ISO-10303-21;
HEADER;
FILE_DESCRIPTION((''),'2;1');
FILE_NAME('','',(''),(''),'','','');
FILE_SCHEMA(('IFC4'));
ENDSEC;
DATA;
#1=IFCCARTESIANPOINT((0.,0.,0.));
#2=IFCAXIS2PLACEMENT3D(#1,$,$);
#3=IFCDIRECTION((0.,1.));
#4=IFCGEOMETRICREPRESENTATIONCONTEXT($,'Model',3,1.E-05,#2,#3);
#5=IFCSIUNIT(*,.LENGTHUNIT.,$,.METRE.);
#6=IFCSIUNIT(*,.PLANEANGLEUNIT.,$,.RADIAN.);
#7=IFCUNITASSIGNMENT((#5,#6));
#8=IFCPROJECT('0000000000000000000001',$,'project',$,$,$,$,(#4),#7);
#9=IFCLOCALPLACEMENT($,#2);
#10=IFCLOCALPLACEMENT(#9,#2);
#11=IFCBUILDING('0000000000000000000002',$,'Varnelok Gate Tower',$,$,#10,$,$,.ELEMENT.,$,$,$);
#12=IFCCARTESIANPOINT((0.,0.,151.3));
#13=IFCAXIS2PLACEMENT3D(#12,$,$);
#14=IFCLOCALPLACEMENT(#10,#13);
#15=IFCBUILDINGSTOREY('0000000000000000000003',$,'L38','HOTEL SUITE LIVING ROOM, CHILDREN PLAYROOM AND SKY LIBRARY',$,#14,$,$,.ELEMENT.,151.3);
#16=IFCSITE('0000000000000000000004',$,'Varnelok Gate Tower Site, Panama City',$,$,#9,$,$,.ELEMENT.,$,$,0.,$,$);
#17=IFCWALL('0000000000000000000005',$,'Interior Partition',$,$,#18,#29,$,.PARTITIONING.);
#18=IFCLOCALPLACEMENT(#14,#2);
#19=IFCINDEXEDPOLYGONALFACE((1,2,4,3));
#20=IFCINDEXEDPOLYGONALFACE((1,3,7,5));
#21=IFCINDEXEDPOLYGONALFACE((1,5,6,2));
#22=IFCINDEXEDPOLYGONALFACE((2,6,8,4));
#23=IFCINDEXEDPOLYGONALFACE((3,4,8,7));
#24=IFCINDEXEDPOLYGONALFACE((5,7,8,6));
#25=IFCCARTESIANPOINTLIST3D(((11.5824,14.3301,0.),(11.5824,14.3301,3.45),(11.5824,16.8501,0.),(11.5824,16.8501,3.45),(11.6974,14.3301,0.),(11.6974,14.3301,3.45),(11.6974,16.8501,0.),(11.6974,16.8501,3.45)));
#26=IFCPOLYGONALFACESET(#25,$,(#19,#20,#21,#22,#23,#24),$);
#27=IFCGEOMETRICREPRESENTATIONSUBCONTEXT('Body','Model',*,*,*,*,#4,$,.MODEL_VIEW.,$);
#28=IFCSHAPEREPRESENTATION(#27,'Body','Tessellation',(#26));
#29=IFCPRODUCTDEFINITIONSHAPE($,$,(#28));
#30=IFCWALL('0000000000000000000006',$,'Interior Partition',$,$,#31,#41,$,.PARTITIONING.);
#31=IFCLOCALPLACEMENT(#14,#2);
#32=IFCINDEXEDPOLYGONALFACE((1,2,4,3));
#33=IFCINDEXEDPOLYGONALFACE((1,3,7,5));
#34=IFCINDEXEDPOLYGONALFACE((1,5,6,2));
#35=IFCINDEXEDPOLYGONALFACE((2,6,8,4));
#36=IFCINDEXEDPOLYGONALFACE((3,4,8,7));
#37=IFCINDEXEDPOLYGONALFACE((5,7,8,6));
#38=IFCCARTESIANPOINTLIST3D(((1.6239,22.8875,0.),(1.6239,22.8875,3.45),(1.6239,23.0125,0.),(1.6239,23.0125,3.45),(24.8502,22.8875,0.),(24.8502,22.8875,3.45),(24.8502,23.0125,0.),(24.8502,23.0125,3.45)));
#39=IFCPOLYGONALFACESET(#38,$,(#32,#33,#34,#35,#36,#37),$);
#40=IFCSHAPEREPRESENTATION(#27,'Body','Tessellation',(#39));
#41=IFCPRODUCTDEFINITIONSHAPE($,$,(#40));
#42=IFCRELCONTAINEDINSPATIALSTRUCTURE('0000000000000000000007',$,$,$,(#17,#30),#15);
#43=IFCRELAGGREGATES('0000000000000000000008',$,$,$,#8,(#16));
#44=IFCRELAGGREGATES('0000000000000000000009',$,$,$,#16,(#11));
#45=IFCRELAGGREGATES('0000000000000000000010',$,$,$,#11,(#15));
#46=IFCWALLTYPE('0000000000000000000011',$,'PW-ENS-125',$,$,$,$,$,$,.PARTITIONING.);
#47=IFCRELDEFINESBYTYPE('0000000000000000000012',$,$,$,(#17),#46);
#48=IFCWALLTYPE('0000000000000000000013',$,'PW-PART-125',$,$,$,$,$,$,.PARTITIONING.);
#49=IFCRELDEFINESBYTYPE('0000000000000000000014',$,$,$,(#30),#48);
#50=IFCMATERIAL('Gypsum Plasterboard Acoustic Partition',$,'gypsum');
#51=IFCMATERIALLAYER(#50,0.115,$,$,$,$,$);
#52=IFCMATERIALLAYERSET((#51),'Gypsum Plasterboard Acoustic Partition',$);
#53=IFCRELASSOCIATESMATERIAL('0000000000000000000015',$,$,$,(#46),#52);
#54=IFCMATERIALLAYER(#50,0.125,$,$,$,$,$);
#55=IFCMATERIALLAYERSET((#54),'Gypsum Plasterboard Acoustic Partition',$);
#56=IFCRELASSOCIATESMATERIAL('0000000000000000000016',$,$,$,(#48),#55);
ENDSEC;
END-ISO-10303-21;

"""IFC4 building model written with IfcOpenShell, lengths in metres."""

from ifc_helpers import new_model, si_unit, direction, frame, frame_2d, origin, place, context, subcontext, project, spatial, rectangle, extrude, material, layer, layer_set, type_object, element, save


model = new_model("IFC4")

# Units and contexts
model_context = context("Model", 3, precision=1e-05, world=origin(), true_north=direction((0.0, 1.0)))
body_context = subcontext(model_context, "Body", "Model", "MODEL_VIEW")
ifc_project = project(units=[si_unit("LENGTHUNIT", "METRE"), si_unit("PLANEANGLEUNIT", "RADIAN")], contexts=[model_context])

# Site, building, storey
site_placement = place(None, origin())
site = spatial("IfcSite", under=ifc_project, at=site_placement, Name="Varnelok Gate Tower Site, Panama City", CompositionType="ELEMENT", RefElevation=0.0)
building_placement = place(site_placement, origin())
building = spatial("IfcBuilding", under=site, at=building_placement, Name="Varnelok Gate Tower", CompositionType="ELEMENT")
storey_placement = place(building_placement, frame((0.0, 0.0, 151.3)))
storey = spatial("IfcBuildingStorey", under=building, at=storey_placement, Name="L38", Description="HOTEL SUITE LIVING ROOM, CHILDREN PLAYROOM AND SKY LIBRARY", CompositionType="ELEMENT", Elevation=151.3)

# Shared definitions
ifc_material_1 = material(Name="Gypsum Plasterboard Acoustic Partition", Category="gypsum")

# Shared definitions
ifc_layer_1 = layer(ifc_material_1, 0.115)
ifc_layer_set_1 = layer_set([ifc_layer_1], Name="Gypsum Plasterboard Acoustic Partition")
wall_type_1 = type_object("IfcWallType", Name="PW-ENS-125", PredefinedType="PARTITIONING", material=ifc_layer_set_1)

# Walls
wall_1_placement = place(storey_placement, frame((11.6399, 14.3301, 0.0), z_axis=(0.0, 0.0, 1.0), x_axis=(0.0, 1.0, 0.0)))
element("IfcWall", 1, at=wall_1_placement, inside=storey, type_object=wall_type_1, Name="Interior Partition", PredefinedType="PARTITIONING", context=body_context, shape_type="SweptSolid", body=[
    extrude(rectangle(XDim=2.52, YDim=0.115, at=frame_2d((1.26, 0.0))), origin(), (0.0, 0.0, 1.0), 3.45),
])
ifc_layer_2 = layer(ifc_material_1, 0.125)
ifc_layer_set_2 = layer_set([ifc_layer_2], Name="Gypsum Plasterboard Acoustic Partition")
wall_type_2 = type_object("IfcWallType", Name="PW-PART-125", PredefinedType="PARTITIONING", material=ifc_layer_set_2)
wall_2_placement = place(storey_placement, frame((1.6238, 22.95, 0.0), z_axis=(0.0, 0.0, 1.0), x_axis=(1.0, 0.0, 0.0)))
element("IfcWall", 2, at=wall_2_placement, inside=storey, type_object=wall_type_2, Name="Interior Partition", PredefinedType="PARTITIONING", context=body_context, shape_type="SweptSolid", body=[
    extrude(rectangle(XDim=23.2263, YDim=0.125, at=frame_2d((11.6133, 0.0))), origin(), (0.0, 0.0, 1.0), 3.45),
])

save(model, "model.ifc")
